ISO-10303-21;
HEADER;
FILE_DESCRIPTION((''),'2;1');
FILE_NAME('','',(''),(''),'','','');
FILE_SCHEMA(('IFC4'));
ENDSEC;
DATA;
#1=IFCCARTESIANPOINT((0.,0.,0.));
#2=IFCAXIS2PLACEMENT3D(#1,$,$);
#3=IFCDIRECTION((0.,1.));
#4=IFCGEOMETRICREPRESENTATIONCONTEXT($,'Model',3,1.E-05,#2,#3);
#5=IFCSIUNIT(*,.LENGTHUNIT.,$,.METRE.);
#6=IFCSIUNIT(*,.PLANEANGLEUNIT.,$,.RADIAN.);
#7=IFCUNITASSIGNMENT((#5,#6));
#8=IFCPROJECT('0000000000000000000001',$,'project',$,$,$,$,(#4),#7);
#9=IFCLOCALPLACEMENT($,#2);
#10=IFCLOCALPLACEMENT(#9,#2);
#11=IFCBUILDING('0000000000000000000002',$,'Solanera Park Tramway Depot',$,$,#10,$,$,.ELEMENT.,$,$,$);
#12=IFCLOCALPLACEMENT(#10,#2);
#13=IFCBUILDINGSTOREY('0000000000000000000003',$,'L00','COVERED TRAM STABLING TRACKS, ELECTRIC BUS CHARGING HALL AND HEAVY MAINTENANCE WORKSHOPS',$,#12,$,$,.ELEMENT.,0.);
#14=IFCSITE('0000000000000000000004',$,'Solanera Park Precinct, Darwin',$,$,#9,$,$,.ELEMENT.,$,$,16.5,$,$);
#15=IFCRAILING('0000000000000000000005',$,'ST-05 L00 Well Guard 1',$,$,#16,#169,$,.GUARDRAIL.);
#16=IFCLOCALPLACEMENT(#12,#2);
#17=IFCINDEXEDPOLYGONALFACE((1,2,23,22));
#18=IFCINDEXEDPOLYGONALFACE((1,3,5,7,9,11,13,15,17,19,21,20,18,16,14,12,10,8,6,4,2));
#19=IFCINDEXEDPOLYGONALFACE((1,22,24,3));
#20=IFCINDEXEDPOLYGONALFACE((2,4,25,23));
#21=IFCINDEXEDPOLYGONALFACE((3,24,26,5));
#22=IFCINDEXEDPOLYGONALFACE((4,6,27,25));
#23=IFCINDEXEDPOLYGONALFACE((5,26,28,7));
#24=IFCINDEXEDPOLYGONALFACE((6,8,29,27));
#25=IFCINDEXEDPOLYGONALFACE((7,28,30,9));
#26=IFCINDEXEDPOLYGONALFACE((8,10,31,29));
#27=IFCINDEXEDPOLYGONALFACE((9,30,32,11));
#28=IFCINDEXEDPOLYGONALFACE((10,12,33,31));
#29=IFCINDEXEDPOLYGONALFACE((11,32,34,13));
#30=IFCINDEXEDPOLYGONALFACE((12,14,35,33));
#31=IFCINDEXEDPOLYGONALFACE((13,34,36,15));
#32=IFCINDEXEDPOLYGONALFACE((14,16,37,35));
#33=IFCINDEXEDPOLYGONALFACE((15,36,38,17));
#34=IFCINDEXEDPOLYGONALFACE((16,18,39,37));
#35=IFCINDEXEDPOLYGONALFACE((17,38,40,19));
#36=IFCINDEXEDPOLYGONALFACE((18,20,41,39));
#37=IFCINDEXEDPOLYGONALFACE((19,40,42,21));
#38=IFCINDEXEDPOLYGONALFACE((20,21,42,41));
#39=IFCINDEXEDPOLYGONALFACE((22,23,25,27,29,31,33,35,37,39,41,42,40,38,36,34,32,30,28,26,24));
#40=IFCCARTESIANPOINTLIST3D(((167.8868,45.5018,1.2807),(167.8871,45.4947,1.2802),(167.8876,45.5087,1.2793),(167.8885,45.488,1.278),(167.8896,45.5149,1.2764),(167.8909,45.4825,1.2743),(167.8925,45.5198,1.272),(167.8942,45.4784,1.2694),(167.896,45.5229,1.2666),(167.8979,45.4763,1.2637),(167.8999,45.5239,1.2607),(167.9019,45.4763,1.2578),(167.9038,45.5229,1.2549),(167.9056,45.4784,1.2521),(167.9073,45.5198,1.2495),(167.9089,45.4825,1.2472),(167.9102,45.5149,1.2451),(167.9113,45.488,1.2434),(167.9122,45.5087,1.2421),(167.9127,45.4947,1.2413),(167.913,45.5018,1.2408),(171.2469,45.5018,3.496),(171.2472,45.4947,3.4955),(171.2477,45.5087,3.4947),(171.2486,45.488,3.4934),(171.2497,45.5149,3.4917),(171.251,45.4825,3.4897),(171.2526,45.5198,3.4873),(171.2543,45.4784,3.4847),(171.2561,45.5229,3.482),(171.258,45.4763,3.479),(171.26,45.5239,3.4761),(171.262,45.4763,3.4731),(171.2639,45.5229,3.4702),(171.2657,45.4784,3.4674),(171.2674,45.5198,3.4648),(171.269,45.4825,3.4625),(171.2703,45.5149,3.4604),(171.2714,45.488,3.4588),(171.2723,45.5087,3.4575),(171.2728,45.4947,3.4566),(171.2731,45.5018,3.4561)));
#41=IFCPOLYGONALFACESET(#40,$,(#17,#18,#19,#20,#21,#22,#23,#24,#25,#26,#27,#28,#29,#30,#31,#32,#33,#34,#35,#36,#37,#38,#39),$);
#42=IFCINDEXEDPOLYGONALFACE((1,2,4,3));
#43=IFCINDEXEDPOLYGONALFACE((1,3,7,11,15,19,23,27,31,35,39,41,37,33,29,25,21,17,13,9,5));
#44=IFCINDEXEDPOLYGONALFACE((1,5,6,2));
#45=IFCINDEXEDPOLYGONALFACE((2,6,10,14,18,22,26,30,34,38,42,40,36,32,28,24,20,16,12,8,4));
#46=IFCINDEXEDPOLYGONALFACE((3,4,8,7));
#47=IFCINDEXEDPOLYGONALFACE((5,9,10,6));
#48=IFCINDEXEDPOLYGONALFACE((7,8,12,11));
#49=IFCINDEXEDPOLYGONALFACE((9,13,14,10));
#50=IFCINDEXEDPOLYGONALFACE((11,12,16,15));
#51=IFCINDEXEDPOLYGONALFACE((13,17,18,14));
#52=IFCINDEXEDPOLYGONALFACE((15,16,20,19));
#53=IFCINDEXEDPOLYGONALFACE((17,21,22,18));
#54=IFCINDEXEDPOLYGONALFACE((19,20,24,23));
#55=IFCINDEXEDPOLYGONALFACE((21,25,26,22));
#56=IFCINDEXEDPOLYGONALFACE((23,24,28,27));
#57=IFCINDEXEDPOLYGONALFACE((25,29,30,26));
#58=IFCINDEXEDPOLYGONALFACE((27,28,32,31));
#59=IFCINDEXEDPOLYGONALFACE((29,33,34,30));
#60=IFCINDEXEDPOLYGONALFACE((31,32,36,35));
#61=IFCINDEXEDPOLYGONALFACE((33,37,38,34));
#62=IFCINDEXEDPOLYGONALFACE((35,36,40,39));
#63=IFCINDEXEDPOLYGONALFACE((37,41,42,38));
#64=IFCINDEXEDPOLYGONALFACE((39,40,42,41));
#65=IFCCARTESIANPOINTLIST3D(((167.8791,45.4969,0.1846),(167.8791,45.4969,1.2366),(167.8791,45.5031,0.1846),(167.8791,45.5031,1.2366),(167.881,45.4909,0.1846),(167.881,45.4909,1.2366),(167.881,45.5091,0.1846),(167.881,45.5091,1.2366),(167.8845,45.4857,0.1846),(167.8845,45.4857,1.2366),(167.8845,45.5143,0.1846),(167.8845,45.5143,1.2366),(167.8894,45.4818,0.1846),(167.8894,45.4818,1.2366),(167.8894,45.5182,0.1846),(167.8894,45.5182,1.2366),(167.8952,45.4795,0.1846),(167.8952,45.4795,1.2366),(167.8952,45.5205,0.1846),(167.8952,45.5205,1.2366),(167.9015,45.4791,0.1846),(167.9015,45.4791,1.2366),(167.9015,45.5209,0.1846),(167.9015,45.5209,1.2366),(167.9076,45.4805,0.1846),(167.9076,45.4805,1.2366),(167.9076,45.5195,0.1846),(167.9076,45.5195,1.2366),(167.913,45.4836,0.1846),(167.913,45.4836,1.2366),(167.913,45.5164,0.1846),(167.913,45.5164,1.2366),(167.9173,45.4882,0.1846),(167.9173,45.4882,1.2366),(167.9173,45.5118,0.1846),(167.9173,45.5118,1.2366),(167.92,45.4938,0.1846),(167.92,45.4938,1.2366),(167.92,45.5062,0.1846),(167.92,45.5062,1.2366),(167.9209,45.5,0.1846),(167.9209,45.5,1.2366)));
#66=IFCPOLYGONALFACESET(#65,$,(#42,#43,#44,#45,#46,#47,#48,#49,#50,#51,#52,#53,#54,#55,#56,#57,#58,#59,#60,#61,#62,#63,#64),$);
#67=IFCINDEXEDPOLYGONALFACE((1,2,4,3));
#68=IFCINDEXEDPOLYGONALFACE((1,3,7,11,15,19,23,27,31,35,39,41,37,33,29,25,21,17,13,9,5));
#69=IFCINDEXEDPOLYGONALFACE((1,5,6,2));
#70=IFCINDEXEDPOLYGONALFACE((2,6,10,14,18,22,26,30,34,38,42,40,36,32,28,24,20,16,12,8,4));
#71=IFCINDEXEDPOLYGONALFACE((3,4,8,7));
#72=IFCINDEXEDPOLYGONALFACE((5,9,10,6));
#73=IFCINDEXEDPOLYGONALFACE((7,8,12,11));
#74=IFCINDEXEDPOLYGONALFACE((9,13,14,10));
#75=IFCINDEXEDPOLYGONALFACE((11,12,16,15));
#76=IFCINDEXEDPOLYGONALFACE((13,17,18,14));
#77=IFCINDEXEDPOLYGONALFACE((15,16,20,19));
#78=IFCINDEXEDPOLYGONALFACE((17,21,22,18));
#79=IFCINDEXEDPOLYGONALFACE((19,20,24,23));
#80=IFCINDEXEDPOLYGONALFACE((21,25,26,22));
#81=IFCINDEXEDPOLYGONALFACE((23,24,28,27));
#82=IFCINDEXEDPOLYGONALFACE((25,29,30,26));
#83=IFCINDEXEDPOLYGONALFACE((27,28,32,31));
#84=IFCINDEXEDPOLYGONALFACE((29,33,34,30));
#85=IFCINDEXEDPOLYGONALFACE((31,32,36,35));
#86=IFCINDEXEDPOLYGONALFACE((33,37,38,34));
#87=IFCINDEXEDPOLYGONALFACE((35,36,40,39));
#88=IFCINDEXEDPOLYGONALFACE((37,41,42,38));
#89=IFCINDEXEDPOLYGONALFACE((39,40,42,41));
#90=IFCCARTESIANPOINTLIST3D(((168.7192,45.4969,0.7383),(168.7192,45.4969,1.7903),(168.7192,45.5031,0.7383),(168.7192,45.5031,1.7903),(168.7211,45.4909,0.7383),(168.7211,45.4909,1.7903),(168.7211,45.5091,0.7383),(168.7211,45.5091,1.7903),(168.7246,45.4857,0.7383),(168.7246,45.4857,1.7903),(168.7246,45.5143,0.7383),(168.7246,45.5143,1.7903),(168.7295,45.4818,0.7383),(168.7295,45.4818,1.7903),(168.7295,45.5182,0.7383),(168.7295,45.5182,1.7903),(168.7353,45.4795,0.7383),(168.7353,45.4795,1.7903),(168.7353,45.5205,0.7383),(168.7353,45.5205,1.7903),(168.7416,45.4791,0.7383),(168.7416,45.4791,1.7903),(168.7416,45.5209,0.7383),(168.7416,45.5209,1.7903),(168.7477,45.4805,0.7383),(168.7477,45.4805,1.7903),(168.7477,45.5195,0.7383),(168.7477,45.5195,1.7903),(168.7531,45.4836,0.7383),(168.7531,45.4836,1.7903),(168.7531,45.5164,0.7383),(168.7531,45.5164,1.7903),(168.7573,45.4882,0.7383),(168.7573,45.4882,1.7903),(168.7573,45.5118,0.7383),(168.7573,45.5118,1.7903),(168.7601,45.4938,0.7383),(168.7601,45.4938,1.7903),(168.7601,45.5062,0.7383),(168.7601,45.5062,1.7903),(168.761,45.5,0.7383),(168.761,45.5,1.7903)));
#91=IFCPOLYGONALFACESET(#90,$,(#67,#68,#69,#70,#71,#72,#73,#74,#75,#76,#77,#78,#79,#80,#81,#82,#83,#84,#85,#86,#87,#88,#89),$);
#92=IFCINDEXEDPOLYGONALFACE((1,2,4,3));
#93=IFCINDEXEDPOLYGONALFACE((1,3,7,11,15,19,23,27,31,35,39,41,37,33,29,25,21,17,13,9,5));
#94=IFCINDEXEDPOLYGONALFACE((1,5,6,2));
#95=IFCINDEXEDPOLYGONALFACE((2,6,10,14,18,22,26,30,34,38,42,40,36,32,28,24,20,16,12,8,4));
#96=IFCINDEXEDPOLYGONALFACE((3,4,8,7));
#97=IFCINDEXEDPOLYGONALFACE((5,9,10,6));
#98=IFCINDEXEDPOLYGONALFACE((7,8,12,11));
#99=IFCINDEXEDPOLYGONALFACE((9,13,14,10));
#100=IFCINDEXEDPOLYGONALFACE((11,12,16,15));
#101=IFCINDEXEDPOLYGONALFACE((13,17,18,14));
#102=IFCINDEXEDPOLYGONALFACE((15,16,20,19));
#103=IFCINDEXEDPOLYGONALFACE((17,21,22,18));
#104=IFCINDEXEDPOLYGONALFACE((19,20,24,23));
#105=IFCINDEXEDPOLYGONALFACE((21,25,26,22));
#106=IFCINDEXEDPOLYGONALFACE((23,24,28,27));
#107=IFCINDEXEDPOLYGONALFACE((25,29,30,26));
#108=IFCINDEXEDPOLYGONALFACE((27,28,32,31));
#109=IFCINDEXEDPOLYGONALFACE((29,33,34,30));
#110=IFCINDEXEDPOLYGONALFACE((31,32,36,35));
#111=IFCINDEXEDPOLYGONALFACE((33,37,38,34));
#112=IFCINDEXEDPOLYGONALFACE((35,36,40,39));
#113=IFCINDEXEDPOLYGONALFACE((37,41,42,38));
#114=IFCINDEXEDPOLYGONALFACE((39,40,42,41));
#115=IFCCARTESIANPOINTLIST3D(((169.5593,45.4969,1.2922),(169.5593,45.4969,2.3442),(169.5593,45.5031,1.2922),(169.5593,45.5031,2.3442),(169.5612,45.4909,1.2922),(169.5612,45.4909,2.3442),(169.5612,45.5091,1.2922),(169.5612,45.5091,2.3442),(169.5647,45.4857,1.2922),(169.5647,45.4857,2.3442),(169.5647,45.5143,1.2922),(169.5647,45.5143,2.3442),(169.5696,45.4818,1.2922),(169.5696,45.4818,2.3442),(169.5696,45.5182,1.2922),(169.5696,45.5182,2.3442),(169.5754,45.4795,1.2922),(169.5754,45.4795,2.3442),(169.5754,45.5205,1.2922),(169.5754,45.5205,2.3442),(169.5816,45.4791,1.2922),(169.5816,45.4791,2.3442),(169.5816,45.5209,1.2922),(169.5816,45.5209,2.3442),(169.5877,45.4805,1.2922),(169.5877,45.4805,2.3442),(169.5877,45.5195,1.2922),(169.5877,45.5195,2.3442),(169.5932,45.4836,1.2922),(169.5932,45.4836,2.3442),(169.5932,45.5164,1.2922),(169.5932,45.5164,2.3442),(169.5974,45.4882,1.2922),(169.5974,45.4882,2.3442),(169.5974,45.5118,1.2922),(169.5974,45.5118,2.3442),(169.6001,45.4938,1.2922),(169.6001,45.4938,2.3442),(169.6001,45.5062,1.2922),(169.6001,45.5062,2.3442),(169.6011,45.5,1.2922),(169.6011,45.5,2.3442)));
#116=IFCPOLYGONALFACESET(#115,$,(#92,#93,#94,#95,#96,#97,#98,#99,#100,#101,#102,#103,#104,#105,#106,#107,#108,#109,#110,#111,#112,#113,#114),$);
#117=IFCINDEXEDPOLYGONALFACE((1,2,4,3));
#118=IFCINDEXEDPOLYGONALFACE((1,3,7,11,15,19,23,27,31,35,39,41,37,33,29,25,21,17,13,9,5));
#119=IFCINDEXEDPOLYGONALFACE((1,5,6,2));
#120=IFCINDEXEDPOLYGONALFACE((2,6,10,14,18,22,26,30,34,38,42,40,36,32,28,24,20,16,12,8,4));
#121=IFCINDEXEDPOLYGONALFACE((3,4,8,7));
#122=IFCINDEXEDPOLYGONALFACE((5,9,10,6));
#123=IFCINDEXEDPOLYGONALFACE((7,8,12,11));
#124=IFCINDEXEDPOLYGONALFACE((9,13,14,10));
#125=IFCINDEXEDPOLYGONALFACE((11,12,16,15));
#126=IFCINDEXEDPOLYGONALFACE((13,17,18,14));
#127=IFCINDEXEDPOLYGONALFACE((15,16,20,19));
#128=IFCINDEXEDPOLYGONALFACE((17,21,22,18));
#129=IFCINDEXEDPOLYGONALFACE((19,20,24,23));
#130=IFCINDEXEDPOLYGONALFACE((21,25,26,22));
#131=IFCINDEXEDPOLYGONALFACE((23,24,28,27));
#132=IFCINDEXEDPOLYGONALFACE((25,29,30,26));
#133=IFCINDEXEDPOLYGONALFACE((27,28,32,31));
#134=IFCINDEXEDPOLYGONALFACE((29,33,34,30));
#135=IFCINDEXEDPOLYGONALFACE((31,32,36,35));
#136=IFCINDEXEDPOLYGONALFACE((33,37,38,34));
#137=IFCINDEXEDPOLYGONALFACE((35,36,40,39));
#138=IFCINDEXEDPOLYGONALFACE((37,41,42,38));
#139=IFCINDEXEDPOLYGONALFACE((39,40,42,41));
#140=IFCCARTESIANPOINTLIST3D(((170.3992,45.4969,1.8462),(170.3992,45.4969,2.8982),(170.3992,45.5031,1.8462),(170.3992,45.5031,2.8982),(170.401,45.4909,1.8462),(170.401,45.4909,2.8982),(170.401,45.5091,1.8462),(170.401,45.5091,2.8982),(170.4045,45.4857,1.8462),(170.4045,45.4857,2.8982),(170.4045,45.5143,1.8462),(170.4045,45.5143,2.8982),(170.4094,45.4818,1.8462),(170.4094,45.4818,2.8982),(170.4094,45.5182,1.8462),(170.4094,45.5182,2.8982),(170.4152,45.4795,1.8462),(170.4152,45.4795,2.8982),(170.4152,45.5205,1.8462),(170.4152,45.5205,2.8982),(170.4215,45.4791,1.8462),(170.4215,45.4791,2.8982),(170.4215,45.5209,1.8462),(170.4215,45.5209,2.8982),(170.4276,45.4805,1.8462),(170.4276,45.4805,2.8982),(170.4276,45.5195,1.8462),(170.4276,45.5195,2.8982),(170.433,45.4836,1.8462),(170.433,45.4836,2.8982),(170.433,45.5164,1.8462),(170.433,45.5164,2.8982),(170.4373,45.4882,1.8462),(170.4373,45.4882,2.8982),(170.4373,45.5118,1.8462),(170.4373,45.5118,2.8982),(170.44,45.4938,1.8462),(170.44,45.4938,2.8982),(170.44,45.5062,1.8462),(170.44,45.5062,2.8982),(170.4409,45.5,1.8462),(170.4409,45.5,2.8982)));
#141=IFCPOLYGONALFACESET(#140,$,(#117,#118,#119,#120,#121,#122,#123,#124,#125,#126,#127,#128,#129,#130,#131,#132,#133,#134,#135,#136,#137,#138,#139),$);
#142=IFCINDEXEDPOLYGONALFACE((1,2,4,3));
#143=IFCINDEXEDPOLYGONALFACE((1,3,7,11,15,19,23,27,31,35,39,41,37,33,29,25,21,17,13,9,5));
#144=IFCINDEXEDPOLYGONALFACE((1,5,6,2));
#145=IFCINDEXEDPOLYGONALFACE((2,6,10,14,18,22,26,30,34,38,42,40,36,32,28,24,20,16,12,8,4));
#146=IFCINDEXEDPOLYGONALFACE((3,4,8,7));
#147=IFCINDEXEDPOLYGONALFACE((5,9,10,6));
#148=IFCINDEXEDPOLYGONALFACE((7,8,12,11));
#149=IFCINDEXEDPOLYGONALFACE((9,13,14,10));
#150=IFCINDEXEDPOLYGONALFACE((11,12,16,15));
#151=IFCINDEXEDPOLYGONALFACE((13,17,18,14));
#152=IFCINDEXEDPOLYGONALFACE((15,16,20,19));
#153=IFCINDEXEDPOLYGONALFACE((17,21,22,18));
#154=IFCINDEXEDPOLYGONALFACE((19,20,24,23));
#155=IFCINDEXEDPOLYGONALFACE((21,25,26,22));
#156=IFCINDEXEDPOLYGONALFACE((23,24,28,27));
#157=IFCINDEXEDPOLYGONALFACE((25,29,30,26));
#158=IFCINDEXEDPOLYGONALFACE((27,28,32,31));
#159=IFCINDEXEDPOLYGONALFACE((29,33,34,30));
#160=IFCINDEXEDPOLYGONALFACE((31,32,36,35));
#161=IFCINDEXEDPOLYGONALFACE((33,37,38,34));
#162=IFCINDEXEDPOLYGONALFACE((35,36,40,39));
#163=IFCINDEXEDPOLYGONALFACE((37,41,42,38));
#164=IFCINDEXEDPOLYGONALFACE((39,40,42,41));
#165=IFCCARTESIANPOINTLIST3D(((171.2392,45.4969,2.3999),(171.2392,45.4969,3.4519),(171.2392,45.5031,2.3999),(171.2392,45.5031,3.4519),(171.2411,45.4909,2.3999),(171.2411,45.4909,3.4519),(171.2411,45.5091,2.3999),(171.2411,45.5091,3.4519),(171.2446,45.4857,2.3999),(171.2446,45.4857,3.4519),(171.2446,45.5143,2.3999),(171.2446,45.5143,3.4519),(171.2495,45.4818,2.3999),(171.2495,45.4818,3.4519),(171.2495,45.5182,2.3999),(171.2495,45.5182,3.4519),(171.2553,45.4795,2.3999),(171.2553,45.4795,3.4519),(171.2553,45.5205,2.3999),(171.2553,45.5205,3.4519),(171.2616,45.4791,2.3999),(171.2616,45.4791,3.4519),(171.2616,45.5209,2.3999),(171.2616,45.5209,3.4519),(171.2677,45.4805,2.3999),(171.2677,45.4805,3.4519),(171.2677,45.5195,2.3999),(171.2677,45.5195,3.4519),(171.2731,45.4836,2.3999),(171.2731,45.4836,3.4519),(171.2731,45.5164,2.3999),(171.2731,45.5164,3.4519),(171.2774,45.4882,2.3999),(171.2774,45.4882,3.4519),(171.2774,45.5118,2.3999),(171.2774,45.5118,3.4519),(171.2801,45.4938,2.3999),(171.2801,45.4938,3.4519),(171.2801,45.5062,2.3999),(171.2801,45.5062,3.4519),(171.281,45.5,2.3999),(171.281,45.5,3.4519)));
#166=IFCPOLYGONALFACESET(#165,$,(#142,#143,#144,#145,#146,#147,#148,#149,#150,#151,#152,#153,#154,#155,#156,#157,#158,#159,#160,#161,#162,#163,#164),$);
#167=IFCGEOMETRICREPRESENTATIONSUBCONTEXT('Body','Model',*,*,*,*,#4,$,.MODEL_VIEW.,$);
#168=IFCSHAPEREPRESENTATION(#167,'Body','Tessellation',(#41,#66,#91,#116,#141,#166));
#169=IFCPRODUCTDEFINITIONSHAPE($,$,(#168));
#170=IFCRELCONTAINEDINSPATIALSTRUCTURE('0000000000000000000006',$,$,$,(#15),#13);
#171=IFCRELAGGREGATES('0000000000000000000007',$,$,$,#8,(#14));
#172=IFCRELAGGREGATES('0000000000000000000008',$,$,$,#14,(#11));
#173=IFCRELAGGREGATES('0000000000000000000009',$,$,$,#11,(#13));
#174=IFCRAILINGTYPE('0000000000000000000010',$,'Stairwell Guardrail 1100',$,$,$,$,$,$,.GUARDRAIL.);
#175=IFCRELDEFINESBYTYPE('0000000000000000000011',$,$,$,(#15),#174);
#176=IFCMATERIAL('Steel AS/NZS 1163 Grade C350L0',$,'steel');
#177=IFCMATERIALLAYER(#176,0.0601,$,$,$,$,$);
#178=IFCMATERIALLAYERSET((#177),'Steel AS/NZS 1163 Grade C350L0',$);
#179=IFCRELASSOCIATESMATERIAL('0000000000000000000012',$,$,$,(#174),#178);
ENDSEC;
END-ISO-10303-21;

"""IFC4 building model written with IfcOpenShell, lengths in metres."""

from ifc_helpers import new_model, si_unit, direction, frame, origin, origin_2d, place, context, subcontext, project, spatial, circle, extrude, material, layer, layer_set, type_object, element, save


model = new_model("IFC4")

# Units and contexts
model_context = context("Model", 3, precision=1e-05, world=origin(), true_north=direction((0.0, 1.0)))
body_context = subcontext(model_context, "Body", "Model", "MODEL_VIEW")
ifc_project = project(units=[si_unit("LENGTHUNIT", "METRE"), si_unit("PLANEANGLEUNIT", "RADIAN")], contexts=[model_context])

# Site, building, storey
site_placement = place(None, origin())
site = spatial("IfcSite", under=ifc_project, at=site_placement, Name="Solanera Park Precinct, Darwin", CompositionType="ELEMENT", RefElevation=16.5)
building_placement = place(site_placement, origin())
building = spatial("IfcBuilding", under=site, at=building_placement, Name="Solanera Park Tramway Depot", CompositionType="ELEMENT")
storey_placement = place(building_placement, origin())
storey = spatial("IfcBuildingStorey", under=building, at=storey_placement, Name="L00", Description="COVERED TRAM STABLING TRACKS, ELECTRIC BUS CHARGING HALL AND HEAVY MAINTENANCE WORKSHOPS", CompositionType="ELEMENT", Elevation=0.0)

# Railing
ifc_material_1 = material(Name="Steel AS/NZS 1163 Grade C350L0", Category="steel")
ifc_layer_1 = layer(ifc_material_1, 0.0601)
ifc_layer_set_1 = layer_set([ifc_layer_1], Name="Steel AS/NZS 1163 Grade C350L0")
railing_type_1 = type_object("IfcRailingType", Name="Stairwell Guardrail 1100", PredefinedType="GUARDRAIL", material=ifc_layer_set_1)
railing_1_placement = place(storey_placement, frame((167.8999, 45.5, 0.1846)))
element("IfcRailing", 1, at=railing_1_placement, inside=storey, type_object=railing_type_1, Name="ST-05 L00 Well Guard 1", PredefinedType="GUARDRAIL", context=body_context, shape_type="SweptSolid", body=[
    extrude(circle(Radius=0.0239, at=origin_2d()), frame((0.0, 0.0, 1.0762), z_axis=(0.834876, 0.0, 0.550437), x_axis=(0.0, 1.0, 0.0)), (0.0, 0.0, 1.0), 4.0247),
    extrude(circle(Radius=0.021, at=origin_2d()), origin(), (0.0, 0.0, 1.0), 1.052),
    extrude(circle(Radius=0.021, at=origin_2d()), frame((0.8401, 0.0, 0.5537)), (0.0, 0.0, 1.0), 1.052),
    extrude(circle(Radius=0.021, at=origin_2d()), frame((1.6802, 0.0, 1.1077)), (0.0, 0.0, 1.0), 1.052),
    extrude(circle(Radius=0.021, at=origin_2d()), frame((2.52, 0.0, 1.6616)), (0.0, 0.0, 1.0), 1.052),
    extrude(circle(Radius=0.021, at=origin_2d()), frame((3.3601, 0.0, 2.2153)), (0.0, 0.0, 1.0), 1.052),
])

save(model, "model.ifc")
